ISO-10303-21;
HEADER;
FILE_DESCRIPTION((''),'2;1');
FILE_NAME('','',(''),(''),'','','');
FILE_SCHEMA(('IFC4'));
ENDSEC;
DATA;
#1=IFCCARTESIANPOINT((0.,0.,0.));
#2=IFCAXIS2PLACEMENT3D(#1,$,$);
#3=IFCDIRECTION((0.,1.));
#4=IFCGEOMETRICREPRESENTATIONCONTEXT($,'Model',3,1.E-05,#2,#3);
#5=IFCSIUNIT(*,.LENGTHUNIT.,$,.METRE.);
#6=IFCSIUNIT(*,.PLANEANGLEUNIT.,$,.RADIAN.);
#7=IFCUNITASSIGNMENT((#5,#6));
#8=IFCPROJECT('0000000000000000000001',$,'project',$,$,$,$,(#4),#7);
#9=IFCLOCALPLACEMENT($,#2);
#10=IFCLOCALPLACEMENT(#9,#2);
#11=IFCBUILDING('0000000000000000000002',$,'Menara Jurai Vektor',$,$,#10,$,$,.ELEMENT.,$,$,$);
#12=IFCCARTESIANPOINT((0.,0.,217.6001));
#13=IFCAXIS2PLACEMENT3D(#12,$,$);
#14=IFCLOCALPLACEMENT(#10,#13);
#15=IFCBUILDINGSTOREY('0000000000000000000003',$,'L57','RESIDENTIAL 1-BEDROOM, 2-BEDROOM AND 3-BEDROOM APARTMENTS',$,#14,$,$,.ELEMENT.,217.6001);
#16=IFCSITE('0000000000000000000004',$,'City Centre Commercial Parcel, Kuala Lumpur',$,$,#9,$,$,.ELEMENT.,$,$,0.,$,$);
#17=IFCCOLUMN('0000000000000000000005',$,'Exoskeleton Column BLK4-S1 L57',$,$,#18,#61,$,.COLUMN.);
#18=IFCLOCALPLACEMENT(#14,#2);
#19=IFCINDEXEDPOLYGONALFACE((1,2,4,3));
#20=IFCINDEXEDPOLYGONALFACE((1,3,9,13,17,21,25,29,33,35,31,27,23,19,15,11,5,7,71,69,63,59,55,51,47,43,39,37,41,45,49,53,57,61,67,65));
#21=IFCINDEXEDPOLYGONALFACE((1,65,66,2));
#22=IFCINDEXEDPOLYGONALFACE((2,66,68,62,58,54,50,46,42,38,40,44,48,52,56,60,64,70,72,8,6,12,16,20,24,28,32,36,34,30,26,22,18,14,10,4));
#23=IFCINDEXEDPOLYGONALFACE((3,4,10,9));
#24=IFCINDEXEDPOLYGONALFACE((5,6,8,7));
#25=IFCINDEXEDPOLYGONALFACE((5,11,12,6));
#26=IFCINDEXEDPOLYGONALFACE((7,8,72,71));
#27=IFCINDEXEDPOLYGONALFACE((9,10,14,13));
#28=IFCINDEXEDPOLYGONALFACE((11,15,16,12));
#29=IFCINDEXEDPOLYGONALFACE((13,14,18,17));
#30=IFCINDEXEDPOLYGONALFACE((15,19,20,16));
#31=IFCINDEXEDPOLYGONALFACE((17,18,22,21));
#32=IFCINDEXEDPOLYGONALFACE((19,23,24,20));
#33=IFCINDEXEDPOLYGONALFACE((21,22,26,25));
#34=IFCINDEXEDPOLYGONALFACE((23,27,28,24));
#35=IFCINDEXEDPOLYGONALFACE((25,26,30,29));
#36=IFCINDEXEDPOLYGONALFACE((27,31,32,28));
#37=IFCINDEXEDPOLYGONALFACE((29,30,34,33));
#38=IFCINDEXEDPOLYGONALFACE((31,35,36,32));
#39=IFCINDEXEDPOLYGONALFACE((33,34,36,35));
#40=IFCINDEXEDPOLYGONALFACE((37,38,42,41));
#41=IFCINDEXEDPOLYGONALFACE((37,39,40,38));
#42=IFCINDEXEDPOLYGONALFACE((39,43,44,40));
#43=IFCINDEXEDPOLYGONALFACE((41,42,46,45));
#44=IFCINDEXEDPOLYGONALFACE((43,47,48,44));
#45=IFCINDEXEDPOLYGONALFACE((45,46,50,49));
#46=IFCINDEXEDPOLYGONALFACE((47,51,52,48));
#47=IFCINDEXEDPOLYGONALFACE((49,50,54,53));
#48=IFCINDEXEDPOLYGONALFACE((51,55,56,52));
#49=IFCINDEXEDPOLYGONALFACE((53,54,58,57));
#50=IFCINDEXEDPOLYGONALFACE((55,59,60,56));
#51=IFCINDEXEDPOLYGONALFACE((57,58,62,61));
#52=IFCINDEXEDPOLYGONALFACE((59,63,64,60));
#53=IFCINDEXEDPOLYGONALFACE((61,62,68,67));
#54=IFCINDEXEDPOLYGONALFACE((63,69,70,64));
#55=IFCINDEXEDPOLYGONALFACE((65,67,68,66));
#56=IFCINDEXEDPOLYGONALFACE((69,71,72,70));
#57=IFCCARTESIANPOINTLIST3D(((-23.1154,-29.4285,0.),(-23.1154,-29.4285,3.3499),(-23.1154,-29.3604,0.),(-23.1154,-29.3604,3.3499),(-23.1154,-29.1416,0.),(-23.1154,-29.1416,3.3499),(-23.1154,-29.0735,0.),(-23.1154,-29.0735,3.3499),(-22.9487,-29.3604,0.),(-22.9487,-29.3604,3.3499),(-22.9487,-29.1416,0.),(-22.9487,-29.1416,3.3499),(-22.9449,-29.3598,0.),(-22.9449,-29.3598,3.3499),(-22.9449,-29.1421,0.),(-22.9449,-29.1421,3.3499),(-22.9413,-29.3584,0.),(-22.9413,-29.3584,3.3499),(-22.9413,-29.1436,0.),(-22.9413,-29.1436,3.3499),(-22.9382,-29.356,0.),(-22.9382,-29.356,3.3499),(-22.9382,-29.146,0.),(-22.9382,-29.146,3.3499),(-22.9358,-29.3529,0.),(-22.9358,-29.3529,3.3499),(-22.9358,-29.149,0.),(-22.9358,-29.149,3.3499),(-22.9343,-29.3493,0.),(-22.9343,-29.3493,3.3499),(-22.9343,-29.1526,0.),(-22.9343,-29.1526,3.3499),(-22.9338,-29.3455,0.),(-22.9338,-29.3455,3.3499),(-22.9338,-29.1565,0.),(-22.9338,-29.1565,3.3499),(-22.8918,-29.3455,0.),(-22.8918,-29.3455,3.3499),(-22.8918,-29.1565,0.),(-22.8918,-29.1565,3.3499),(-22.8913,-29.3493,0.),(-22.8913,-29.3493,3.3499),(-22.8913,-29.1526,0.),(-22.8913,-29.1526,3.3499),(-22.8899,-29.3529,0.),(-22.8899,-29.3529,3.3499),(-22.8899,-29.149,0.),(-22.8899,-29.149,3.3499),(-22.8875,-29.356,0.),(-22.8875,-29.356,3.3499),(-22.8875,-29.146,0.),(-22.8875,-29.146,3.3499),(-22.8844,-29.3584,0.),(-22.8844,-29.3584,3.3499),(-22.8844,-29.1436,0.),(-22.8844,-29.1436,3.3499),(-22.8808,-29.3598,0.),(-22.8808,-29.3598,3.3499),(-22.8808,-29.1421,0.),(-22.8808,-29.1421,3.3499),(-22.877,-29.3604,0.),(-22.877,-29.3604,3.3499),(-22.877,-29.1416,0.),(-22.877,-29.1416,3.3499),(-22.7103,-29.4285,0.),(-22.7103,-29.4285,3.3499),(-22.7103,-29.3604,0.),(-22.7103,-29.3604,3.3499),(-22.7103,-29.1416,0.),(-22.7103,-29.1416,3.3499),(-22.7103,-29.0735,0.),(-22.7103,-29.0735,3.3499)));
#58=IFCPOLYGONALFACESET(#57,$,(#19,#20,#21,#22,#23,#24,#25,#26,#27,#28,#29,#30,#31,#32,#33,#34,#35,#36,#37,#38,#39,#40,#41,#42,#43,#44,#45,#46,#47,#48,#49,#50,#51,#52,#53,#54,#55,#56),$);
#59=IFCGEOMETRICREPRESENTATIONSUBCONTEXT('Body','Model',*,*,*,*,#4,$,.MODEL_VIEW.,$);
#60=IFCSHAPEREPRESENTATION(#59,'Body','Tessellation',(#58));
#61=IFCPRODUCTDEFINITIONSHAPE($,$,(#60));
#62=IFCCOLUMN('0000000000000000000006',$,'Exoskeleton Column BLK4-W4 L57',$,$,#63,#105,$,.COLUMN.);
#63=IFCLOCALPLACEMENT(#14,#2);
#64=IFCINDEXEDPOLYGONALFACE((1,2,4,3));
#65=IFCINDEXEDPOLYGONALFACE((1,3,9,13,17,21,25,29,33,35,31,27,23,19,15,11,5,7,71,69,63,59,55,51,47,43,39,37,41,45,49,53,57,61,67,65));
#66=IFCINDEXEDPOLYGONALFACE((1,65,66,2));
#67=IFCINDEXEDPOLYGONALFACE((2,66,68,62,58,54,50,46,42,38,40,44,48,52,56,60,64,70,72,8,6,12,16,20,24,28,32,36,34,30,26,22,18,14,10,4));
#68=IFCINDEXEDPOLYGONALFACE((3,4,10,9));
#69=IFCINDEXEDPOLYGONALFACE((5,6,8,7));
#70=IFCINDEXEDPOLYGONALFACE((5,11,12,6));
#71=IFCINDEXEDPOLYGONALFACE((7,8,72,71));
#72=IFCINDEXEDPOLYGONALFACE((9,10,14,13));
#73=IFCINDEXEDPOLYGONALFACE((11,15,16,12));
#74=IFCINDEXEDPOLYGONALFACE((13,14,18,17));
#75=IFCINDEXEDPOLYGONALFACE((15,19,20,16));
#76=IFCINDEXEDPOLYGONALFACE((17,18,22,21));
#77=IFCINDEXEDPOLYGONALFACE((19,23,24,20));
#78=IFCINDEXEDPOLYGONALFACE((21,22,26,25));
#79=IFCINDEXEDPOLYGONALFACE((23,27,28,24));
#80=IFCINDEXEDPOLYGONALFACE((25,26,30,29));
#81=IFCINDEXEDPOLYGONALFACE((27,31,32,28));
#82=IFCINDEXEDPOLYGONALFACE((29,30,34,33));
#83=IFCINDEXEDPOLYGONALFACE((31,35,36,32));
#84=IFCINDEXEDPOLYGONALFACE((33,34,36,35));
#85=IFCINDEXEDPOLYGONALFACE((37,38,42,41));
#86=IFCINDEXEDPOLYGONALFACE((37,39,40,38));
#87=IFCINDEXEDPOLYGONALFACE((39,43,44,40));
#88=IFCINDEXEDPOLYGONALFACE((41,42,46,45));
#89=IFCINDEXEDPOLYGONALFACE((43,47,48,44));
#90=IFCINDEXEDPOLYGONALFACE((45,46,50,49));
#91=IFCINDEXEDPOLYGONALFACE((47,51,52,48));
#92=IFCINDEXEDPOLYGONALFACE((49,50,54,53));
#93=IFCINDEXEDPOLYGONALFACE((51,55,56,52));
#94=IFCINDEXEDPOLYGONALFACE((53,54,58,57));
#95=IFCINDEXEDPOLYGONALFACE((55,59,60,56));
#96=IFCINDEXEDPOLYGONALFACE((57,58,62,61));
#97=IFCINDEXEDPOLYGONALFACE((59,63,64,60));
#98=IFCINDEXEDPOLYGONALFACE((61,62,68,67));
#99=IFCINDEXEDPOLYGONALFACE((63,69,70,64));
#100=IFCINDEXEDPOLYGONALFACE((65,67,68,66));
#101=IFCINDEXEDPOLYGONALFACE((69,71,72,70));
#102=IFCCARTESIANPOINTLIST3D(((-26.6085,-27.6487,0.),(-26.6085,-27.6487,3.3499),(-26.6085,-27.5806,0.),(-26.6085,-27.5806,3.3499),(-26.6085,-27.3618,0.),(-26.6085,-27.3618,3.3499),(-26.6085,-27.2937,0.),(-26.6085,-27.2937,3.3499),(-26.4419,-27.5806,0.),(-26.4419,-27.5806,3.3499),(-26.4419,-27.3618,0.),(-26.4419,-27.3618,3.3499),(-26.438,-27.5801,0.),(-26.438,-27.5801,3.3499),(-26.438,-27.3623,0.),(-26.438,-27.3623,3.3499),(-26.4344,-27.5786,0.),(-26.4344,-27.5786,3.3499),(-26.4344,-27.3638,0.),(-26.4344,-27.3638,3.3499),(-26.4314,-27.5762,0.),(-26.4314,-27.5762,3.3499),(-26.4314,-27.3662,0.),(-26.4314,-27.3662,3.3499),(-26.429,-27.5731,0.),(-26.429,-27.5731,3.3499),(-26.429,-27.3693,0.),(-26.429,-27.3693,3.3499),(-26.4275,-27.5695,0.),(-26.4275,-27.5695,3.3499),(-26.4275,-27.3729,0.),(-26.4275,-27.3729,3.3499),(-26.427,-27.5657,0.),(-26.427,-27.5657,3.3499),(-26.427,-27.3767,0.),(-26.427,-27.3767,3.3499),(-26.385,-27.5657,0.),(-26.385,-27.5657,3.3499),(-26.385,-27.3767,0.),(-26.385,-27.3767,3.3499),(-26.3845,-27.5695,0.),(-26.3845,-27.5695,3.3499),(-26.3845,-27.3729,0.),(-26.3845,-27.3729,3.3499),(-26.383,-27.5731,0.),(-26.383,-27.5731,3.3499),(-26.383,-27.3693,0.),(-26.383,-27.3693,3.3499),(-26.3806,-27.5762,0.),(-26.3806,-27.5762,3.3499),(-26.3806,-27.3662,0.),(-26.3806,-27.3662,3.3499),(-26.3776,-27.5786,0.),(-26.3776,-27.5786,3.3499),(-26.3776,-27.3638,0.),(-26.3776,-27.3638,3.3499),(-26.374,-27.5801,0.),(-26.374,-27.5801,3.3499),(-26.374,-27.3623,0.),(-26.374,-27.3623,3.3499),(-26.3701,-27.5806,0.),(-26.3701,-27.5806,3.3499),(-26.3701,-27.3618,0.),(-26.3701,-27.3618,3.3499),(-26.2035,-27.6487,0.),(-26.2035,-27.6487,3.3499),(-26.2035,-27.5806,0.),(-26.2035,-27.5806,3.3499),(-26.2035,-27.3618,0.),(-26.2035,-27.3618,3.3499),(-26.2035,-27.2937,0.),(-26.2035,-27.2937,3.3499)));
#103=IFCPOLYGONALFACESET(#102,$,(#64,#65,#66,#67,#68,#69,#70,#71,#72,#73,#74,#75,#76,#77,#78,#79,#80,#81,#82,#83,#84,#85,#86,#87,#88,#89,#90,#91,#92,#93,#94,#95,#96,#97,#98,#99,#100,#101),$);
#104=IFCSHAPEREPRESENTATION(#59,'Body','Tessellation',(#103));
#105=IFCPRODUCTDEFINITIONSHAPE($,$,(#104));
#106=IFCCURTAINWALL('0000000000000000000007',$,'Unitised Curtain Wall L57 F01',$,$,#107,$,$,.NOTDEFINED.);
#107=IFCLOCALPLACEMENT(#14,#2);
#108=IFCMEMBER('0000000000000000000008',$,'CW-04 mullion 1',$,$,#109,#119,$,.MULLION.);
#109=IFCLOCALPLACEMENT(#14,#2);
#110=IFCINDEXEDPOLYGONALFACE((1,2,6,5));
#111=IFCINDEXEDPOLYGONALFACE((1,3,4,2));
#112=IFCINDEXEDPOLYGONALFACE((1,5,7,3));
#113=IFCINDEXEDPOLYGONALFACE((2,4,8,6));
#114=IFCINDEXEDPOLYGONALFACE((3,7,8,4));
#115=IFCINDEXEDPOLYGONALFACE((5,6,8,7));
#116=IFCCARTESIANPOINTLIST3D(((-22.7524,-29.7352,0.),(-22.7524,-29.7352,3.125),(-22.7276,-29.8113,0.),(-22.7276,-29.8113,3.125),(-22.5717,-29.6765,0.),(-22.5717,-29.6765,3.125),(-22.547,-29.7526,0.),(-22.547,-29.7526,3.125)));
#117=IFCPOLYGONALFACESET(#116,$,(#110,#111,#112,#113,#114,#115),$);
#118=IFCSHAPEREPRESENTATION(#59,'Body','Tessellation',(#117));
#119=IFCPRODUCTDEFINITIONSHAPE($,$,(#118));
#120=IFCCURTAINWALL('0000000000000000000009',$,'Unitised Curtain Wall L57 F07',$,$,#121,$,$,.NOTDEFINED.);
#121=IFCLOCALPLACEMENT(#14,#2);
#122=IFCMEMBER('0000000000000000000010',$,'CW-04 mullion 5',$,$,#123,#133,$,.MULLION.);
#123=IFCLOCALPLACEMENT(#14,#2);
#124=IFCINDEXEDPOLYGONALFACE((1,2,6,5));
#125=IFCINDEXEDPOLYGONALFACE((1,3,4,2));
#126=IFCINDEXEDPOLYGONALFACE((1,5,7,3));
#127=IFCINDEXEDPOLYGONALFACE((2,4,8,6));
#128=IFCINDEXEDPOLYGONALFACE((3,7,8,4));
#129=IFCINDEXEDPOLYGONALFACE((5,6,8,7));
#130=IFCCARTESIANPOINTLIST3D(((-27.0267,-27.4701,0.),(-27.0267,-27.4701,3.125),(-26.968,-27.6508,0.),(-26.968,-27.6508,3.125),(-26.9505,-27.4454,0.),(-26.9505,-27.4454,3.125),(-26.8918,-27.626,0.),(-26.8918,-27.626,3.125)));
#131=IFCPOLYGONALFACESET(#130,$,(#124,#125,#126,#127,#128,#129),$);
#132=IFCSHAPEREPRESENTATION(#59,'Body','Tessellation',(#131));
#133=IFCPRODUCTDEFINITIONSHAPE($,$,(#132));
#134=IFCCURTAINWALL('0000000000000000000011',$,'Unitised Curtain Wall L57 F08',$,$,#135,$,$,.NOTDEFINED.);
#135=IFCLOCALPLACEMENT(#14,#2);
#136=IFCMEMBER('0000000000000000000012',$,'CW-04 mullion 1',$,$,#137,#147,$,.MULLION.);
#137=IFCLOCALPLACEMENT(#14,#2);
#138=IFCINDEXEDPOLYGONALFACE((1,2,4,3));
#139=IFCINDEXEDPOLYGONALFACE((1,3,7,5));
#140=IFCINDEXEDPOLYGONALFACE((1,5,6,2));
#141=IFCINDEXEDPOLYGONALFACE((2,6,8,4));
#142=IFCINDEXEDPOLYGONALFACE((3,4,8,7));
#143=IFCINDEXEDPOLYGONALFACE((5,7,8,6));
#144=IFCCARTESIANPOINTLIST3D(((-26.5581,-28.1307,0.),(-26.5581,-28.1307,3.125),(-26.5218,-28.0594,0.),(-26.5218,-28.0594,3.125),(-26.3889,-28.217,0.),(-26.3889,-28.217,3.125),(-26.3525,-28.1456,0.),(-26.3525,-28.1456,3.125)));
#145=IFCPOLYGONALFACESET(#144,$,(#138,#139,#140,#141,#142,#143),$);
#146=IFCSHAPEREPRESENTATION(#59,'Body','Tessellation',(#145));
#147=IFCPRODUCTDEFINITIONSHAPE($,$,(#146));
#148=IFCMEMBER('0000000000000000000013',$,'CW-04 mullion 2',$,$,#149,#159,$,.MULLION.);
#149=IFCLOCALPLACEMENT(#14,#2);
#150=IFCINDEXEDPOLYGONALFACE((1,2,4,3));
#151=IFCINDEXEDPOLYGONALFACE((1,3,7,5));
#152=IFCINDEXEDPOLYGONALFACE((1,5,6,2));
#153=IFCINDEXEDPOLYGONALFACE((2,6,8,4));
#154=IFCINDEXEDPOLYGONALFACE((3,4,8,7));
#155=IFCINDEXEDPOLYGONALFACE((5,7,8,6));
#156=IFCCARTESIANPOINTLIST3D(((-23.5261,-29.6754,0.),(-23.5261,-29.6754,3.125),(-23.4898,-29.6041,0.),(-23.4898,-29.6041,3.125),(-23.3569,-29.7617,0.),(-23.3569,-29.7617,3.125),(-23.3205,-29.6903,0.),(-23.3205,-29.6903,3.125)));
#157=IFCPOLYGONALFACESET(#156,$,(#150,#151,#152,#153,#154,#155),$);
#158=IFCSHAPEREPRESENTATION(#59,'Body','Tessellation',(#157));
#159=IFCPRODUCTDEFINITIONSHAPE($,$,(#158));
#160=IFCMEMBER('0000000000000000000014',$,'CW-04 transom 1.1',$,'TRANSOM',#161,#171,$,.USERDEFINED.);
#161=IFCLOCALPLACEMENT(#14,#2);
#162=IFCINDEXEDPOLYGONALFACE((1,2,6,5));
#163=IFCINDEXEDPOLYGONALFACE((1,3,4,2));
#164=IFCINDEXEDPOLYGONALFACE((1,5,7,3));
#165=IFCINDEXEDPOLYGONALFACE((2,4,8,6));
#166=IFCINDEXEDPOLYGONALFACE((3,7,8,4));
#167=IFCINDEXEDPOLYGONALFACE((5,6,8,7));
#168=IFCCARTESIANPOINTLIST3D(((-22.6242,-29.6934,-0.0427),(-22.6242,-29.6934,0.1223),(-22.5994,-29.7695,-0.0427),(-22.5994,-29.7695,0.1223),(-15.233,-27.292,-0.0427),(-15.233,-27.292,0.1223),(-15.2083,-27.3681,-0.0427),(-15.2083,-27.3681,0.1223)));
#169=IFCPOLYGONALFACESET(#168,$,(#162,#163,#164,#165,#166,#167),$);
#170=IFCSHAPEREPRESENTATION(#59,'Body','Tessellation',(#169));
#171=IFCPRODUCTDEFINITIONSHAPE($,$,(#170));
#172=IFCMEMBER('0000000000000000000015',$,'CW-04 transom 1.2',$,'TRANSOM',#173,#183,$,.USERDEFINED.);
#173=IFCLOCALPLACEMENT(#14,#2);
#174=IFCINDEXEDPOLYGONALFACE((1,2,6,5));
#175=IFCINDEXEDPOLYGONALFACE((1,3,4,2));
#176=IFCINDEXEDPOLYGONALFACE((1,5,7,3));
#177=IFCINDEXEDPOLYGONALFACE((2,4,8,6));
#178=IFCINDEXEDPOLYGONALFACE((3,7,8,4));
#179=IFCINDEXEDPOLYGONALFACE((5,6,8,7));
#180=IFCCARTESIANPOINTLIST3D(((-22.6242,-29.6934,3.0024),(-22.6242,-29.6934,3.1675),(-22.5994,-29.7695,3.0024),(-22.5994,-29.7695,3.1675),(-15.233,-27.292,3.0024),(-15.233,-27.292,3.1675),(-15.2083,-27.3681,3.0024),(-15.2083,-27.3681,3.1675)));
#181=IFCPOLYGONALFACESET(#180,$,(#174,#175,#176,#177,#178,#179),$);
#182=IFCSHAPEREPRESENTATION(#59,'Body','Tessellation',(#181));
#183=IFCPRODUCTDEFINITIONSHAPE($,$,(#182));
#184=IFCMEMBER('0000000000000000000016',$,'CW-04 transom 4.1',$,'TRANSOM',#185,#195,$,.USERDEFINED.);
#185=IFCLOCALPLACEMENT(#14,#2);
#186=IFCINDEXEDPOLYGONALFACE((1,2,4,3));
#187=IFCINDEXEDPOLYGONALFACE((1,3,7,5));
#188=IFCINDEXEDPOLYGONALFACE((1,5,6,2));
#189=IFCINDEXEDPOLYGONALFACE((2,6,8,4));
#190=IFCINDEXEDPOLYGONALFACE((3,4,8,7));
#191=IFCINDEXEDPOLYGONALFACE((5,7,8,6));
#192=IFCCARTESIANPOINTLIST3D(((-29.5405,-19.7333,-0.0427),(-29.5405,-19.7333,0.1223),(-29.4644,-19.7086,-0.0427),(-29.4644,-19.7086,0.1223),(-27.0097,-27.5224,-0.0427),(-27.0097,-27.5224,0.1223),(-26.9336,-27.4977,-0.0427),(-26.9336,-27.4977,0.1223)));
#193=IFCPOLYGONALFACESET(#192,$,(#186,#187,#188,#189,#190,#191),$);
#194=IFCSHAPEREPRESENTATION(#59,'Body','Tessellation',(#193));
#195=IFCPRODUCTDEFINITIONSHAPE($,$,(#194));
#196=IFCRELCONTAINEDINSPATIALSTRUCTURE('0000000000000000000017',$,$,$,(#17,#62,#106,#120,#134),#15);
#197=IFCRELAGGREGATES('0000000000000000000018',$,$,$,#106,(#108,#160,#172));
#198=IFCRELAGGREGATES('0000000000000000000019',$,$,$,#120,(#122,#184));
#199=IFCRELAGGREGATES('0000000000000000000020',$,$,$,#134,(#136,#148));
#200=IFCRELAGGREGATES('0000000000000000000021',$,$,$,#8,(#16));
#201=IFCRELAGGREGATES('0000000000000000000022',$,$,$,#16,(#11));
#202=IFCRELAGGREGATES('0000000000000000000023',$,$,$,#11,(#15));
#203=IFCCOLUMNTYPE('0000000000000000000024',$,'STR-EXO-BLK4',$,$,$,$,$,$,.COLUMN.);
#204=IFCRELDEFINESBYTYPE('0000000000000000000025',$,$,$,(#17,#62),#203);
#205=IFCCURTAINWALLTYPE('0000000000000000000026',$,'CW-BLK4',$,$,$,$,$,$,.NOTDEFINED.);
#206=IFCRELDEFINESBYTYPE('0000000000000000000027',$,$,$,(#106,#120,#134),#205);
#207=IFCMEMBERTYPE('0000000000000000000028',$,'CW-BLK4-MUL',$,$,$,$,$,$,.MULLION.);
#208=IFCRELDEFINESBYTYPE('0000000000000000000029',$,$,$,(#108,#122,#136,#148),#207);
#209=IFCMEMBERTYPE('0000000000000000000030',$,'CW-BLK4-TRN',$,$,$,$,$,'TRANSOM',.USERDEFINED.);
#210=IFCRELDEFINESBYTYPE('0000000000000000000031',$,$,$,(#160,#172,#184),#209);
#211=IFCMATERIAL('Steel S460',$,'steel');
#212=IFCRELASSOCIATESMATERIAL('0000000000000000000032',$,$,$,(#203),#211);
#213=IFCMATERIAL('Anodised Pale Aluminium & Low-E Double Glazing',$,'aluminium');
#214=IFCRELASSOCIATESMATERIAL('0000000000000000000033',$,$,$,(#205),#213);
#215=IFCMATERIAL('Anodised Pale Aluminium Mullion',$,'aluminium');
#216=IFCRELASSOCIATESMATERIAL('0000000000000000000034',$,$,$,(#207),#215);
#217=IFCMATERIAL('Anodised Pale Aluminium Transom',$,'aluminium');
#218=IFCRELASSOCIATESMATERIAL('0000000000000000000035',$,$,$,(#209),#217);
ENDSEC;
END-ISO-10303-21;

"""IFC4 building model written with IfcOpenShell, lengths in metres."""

from ifc_helpers import new_model, si_unit, direction, frame, origin, origin_2d, place, context, subcontext, project, spatial, rectangle, i_section, extrude, material, material_profile, profile_set, type_object, element, aggregate, save


model = new_model("IFC4")

# Units and contexts
model_context = context("Model", 3, precision=1e-05, world=origin(), true_north=direction((0.0, 1.0)))
body_context = subcontext(model_context, "Body", "Model", "MODEL_VIEW")
ifc_project = project(units=[si_unit("LENGTHUNIT", "METRE"), si_unit("PLANEANGLEUNIT", "RADIAN")], contexts=[model_context])

# Site, building, storey
site_placement = place(None, origin())
site = spatial("IfcSite", under=ifc_project, at=site_placement, Name="City Centre Commercial Parcel, Kuala Lumpur", CompositionType="ELEMENT", RefElevation=0.0)
building_placement = place(site_placement, origin())
building = spatial("IfcBuilding", under=site, at=building_placement, Name="Menara Jurai Vektor", CompositionType="ELEMENT")
storey_placement = place(building_placement, frame((0.0, 0.0, 217.6001)))
storey = spatial("IfcBuildingStorey", under=building, at=storey_placement, Name="L57", Description="RESIDENTIAL 1-BEDROOM, 2-BEDROOM AND 3-BEDROOM APARTMENTS", CompositionType="ELEMENT", Elevation=217.6001)

# Columns
ifc_material_1 = material(Name="Steel S460", Category="steel")
ifc_material_profile_1 = material_profile(ifc_material_1, i_section(OverallWidth=0.405, OverallDepth=0.355, WebThickness=0.042, FlangeThickness=0.0681, FilletRadius=0.0149, at=origin_2d()), Name="HD 400x551")
ifc_profile_set_1 = profile_set([ifc_material_profile_1], Name="Steel S460")
column_type = type_object("IfcColumnType", Name="STR-EXO-BLK4", PredefinedType="COLUMN", material=ifc_profile_set_1)
for number, where, z_axis, x_axis, name in (
    (1, (-22.9128, -29.251, 0.0), (0.0, 0.0, 1.0), (1.0, 0.0, 0.0), "Exoskeleton Column BLK4-S1 L57"),
    (2, (-26.406, -27.4712, 0.0), (0.0, 0.0, 1.0), (1.0, 0.0, 0.0), "Exoskeleton Column BLK4-W4 L57"),
):
    element("IfcColumn", number, at=place(storey_placement, frame(where, z_axis=z_axis, x_axis=x_axis)), inside=storey, type_object=column_type, Name=name, PredefinedType="COLUMN", context=body_context, shape_type="SweptSolid", body=[
        extrude(i_section(OverallWidth=0.405, OverallDepth=0.355, WebThickness=0.042, FlangeThickness=0.0681, FilletRadius=0.0149, at=origin_2d()), origin(), (0.0, 0.0, 1.0), 3.3499),
    ])

# Curtain walls, members
ifc_material_2 = material(Name="Anodised Pale Aluminium & Low-E Double Glazing", Category="aluminium")
curtain_wall_type = type_object("IfcCurtainWallType", Name="CW-BLK4", PredefinedType="NOTDEFINED", material=ifc_material_2)
curtain_wall_1_placement = place(storey_placement, origin())
curtain_wall_1 = element("IfcCurtainWall", 3, at=curtain_wall_1_placement, inside=storey, type_object=curtain_wall_type, Name="Unitised Curtain Wall L57 F01", PredefinedType="NOTDEFINED")
ifc_material_3 = material(Name="Anodised Pale Aluminium Mullion", Category="aluminium")
ifc_material_profile_2 = material_profile(ifc_material_3, rectangle(XDim=0.0801, YDim=0.1899, at=origin_2d()), Name="ALU MUL 80x190")
ifc_profile_set_2 = profile_set([ifc_material_profile_2], Name="Anodised Pale Aluminium Mullion")
member_type_1 = type_object("IfcMemberType", Name="CW-BLK4-MUL", PredefinedType="MULLION", material=ifc_profile_set_2)
member_1_placement = place(storey_placement, frame((-22.6497, -29.7439, 0.0), z_axis=(0.0, 0.0, 1.0), x_axis=(-0.309017, 0.951056, 0.0)))
member_1 = element("IfcMember", 4, at=member_1_placement, type_object=member_type_1, Name="CW-04 mullion 1", PredefinedType="MULLION", context=body_context, shape_type="SweptSolid", body=[
    extrude(rectangle(XDim=0.0801, YDim=0.1899, at=origin_2d()), origin(), (0.0, 0.0, 1.0), 3.125),
])
curtain_wall_2_placement = place(storey_placement, origin())
curtain_wall_2 = element("IfcCurtainWall", 5, at=curtain_wall_2_placement, inside=storey, type_object=curtain_wall_type, Name="Unitised Curtain Wall L57 F07", PredefinedType="NOTDEFINED")
member_2_placement = place(storey_placement, frame((-26.9592, -27.5481, 0.0), z_axis=(0.0, 0.0, 1.0), x_axis=(0.951057, 0.309016, 0.0)))
member_2 = element("IfcMember", 6, at=member_2_placement, type_object=member_type_1, Name="CW-04 mullion 5", PredefinedType="MULLION", context=body_context, shape_type="SweptSolid", body=[
    extrude(rectangle(XDim=0.0801, YDim=0.1899, at=origin_2d()), origin(), (0.0, 0.0, 1.0), 3.125),
])

# Curtain wall, members
curtain_wall_3_placement = place(storey_placement, origin())
curtain_wall_3 = element("IfcCurtainWall", 7, at=curtain_wall_3_placement, inside=storey, type_object=curtain_wall_type, Name="Unitised Curtain Wall L57 F08", PredefinedType="NOTDEFINED")
member_3_placement = place(storey_placement, frame((-26.4553, -28.1382, 0.0), z_axis=(0.0, 0.0, 1.0), x_axis=(0.453989, 0.891008, 0.0)))
member_3 = element("IfcMember", 8, at=member_3_placement, type_object=member_type_1, Name="CW-04 mullion 1", PredefinedType="MULLION", context=body_context, shape_type="SweptSolid", body=[
    extrude(rectangle(XDim=0.0801, YDim=0.1899, at=origin_2d()), origin(), (0.0, 0.0, 1.0), 3.125),
])
member_4_placement = place(storey_placement, frame((-23.4233, -29.6829, 0.0), z_axis=(0.0, 0.0, 1.0), x_axis=(0.453989, 0.891008, 0.0)))
member_4 = element("IfcMember", 9, at=member_4_placement, type_object=member_type_1, Name="CW-04 mullion 2", PredefinedType="MULLION", context=body_context, shape_type="SweptSolid", body=[
    extrude(rectangle(XDim=0.0801, YDim=0.1899, at=origin_2d()), origin(), (0.0, 0.0, 1.0), 3.125),
])

# Members
ifc_material_4 = material(Name="Anodised Pale Aluminium Transom", Category="aluminium")
ifc_material_profile_3 = material_profile(ifc_material_4, rectangle(XDim=0.0801, YDim=0.165, at=origin_2d()), Name="ALU TRN 80x165")
ifc_profile_set_3 = profile_set([ifc_material_profile_3], Name="Anodised Pale Aluminium Transom")
member_type_2 = type_object("IfcMemberType", Name="CW-BLK4-TRN", ElementType="TRANSOM", PredefinedType="USERDEFINED", material=ifc_profile_set_3)
member_5_placement = place(storey_placement, frame((-22.6118, -29.7314, 0.0398), z_axis=(0.951062, 0.308999, 0.0), x_axis=(-0.308999, 0.951062, 0.0)))
member_5 = element("IfcMember", 10, at=member_5_placement, type_object=member_type_2, Name="CW-04 transom 1.1", ObjectType="TRANSOM", PredefinedType="USERDEFINED", context=body_context, shape_type="SweptSolid", body=[
    extrude(rectangle(XDim=0.0801, YDim=0.165, at=origin_2d()), origin(), (0.0, 0.0, 1.0), 7.7715),
])
member_6_placement = place(storey_placement, frame((-22.6118, -29.7314, 3.085), z_axis=(0.951062, 0.308999, 0.0), x_axis=(-0.308999, 0.951062, 0.0)))
member_6 = element("IfcMember", 11, at=member_6_placement, type_object=member_type_2, Name="CW-04 transom 1.2", ObjectType="TRANSOM", PredefinedType="USERDEFINED", context=body_context, shape_type="SweptSolid", body=[
    extrude(rectangle(XDim=0.0801, YDim=0.165, at=origin_2d()), origin(), (0.0, 0.0, 1.0), 7.7715),
])
aggregate(curtain_wall_1, [member_1, member_5, member_6])
member_7_placement = place(storey_placement, frame((-29.5024, -19.7209, 0.0398), z_axis=(0.309011, -0.951059, 0.0), x_axis=(0.951059, 0.309011, 0.0)))
member_7 = element("IfcMember", 12, at=member_7_placement, type_object=member_type_2, Name="CW-04 transom 4.1", ObjectType="TRANSOM", PredefinedType="USERDEFINED", context=body_context, shape_type="SweptSolid", body=[
    extrude(rectangle(XDim=0.0801, YDim=0.165, at=origin_2d()), origin(), (0.0, 0.0, 1.0), 8.1899),
])

aggregate(curtain_wall_2, [member_2, member_7])
aggregate(curtain_wall_3, [member_3, member_4])

save(model, "model.ifc")
